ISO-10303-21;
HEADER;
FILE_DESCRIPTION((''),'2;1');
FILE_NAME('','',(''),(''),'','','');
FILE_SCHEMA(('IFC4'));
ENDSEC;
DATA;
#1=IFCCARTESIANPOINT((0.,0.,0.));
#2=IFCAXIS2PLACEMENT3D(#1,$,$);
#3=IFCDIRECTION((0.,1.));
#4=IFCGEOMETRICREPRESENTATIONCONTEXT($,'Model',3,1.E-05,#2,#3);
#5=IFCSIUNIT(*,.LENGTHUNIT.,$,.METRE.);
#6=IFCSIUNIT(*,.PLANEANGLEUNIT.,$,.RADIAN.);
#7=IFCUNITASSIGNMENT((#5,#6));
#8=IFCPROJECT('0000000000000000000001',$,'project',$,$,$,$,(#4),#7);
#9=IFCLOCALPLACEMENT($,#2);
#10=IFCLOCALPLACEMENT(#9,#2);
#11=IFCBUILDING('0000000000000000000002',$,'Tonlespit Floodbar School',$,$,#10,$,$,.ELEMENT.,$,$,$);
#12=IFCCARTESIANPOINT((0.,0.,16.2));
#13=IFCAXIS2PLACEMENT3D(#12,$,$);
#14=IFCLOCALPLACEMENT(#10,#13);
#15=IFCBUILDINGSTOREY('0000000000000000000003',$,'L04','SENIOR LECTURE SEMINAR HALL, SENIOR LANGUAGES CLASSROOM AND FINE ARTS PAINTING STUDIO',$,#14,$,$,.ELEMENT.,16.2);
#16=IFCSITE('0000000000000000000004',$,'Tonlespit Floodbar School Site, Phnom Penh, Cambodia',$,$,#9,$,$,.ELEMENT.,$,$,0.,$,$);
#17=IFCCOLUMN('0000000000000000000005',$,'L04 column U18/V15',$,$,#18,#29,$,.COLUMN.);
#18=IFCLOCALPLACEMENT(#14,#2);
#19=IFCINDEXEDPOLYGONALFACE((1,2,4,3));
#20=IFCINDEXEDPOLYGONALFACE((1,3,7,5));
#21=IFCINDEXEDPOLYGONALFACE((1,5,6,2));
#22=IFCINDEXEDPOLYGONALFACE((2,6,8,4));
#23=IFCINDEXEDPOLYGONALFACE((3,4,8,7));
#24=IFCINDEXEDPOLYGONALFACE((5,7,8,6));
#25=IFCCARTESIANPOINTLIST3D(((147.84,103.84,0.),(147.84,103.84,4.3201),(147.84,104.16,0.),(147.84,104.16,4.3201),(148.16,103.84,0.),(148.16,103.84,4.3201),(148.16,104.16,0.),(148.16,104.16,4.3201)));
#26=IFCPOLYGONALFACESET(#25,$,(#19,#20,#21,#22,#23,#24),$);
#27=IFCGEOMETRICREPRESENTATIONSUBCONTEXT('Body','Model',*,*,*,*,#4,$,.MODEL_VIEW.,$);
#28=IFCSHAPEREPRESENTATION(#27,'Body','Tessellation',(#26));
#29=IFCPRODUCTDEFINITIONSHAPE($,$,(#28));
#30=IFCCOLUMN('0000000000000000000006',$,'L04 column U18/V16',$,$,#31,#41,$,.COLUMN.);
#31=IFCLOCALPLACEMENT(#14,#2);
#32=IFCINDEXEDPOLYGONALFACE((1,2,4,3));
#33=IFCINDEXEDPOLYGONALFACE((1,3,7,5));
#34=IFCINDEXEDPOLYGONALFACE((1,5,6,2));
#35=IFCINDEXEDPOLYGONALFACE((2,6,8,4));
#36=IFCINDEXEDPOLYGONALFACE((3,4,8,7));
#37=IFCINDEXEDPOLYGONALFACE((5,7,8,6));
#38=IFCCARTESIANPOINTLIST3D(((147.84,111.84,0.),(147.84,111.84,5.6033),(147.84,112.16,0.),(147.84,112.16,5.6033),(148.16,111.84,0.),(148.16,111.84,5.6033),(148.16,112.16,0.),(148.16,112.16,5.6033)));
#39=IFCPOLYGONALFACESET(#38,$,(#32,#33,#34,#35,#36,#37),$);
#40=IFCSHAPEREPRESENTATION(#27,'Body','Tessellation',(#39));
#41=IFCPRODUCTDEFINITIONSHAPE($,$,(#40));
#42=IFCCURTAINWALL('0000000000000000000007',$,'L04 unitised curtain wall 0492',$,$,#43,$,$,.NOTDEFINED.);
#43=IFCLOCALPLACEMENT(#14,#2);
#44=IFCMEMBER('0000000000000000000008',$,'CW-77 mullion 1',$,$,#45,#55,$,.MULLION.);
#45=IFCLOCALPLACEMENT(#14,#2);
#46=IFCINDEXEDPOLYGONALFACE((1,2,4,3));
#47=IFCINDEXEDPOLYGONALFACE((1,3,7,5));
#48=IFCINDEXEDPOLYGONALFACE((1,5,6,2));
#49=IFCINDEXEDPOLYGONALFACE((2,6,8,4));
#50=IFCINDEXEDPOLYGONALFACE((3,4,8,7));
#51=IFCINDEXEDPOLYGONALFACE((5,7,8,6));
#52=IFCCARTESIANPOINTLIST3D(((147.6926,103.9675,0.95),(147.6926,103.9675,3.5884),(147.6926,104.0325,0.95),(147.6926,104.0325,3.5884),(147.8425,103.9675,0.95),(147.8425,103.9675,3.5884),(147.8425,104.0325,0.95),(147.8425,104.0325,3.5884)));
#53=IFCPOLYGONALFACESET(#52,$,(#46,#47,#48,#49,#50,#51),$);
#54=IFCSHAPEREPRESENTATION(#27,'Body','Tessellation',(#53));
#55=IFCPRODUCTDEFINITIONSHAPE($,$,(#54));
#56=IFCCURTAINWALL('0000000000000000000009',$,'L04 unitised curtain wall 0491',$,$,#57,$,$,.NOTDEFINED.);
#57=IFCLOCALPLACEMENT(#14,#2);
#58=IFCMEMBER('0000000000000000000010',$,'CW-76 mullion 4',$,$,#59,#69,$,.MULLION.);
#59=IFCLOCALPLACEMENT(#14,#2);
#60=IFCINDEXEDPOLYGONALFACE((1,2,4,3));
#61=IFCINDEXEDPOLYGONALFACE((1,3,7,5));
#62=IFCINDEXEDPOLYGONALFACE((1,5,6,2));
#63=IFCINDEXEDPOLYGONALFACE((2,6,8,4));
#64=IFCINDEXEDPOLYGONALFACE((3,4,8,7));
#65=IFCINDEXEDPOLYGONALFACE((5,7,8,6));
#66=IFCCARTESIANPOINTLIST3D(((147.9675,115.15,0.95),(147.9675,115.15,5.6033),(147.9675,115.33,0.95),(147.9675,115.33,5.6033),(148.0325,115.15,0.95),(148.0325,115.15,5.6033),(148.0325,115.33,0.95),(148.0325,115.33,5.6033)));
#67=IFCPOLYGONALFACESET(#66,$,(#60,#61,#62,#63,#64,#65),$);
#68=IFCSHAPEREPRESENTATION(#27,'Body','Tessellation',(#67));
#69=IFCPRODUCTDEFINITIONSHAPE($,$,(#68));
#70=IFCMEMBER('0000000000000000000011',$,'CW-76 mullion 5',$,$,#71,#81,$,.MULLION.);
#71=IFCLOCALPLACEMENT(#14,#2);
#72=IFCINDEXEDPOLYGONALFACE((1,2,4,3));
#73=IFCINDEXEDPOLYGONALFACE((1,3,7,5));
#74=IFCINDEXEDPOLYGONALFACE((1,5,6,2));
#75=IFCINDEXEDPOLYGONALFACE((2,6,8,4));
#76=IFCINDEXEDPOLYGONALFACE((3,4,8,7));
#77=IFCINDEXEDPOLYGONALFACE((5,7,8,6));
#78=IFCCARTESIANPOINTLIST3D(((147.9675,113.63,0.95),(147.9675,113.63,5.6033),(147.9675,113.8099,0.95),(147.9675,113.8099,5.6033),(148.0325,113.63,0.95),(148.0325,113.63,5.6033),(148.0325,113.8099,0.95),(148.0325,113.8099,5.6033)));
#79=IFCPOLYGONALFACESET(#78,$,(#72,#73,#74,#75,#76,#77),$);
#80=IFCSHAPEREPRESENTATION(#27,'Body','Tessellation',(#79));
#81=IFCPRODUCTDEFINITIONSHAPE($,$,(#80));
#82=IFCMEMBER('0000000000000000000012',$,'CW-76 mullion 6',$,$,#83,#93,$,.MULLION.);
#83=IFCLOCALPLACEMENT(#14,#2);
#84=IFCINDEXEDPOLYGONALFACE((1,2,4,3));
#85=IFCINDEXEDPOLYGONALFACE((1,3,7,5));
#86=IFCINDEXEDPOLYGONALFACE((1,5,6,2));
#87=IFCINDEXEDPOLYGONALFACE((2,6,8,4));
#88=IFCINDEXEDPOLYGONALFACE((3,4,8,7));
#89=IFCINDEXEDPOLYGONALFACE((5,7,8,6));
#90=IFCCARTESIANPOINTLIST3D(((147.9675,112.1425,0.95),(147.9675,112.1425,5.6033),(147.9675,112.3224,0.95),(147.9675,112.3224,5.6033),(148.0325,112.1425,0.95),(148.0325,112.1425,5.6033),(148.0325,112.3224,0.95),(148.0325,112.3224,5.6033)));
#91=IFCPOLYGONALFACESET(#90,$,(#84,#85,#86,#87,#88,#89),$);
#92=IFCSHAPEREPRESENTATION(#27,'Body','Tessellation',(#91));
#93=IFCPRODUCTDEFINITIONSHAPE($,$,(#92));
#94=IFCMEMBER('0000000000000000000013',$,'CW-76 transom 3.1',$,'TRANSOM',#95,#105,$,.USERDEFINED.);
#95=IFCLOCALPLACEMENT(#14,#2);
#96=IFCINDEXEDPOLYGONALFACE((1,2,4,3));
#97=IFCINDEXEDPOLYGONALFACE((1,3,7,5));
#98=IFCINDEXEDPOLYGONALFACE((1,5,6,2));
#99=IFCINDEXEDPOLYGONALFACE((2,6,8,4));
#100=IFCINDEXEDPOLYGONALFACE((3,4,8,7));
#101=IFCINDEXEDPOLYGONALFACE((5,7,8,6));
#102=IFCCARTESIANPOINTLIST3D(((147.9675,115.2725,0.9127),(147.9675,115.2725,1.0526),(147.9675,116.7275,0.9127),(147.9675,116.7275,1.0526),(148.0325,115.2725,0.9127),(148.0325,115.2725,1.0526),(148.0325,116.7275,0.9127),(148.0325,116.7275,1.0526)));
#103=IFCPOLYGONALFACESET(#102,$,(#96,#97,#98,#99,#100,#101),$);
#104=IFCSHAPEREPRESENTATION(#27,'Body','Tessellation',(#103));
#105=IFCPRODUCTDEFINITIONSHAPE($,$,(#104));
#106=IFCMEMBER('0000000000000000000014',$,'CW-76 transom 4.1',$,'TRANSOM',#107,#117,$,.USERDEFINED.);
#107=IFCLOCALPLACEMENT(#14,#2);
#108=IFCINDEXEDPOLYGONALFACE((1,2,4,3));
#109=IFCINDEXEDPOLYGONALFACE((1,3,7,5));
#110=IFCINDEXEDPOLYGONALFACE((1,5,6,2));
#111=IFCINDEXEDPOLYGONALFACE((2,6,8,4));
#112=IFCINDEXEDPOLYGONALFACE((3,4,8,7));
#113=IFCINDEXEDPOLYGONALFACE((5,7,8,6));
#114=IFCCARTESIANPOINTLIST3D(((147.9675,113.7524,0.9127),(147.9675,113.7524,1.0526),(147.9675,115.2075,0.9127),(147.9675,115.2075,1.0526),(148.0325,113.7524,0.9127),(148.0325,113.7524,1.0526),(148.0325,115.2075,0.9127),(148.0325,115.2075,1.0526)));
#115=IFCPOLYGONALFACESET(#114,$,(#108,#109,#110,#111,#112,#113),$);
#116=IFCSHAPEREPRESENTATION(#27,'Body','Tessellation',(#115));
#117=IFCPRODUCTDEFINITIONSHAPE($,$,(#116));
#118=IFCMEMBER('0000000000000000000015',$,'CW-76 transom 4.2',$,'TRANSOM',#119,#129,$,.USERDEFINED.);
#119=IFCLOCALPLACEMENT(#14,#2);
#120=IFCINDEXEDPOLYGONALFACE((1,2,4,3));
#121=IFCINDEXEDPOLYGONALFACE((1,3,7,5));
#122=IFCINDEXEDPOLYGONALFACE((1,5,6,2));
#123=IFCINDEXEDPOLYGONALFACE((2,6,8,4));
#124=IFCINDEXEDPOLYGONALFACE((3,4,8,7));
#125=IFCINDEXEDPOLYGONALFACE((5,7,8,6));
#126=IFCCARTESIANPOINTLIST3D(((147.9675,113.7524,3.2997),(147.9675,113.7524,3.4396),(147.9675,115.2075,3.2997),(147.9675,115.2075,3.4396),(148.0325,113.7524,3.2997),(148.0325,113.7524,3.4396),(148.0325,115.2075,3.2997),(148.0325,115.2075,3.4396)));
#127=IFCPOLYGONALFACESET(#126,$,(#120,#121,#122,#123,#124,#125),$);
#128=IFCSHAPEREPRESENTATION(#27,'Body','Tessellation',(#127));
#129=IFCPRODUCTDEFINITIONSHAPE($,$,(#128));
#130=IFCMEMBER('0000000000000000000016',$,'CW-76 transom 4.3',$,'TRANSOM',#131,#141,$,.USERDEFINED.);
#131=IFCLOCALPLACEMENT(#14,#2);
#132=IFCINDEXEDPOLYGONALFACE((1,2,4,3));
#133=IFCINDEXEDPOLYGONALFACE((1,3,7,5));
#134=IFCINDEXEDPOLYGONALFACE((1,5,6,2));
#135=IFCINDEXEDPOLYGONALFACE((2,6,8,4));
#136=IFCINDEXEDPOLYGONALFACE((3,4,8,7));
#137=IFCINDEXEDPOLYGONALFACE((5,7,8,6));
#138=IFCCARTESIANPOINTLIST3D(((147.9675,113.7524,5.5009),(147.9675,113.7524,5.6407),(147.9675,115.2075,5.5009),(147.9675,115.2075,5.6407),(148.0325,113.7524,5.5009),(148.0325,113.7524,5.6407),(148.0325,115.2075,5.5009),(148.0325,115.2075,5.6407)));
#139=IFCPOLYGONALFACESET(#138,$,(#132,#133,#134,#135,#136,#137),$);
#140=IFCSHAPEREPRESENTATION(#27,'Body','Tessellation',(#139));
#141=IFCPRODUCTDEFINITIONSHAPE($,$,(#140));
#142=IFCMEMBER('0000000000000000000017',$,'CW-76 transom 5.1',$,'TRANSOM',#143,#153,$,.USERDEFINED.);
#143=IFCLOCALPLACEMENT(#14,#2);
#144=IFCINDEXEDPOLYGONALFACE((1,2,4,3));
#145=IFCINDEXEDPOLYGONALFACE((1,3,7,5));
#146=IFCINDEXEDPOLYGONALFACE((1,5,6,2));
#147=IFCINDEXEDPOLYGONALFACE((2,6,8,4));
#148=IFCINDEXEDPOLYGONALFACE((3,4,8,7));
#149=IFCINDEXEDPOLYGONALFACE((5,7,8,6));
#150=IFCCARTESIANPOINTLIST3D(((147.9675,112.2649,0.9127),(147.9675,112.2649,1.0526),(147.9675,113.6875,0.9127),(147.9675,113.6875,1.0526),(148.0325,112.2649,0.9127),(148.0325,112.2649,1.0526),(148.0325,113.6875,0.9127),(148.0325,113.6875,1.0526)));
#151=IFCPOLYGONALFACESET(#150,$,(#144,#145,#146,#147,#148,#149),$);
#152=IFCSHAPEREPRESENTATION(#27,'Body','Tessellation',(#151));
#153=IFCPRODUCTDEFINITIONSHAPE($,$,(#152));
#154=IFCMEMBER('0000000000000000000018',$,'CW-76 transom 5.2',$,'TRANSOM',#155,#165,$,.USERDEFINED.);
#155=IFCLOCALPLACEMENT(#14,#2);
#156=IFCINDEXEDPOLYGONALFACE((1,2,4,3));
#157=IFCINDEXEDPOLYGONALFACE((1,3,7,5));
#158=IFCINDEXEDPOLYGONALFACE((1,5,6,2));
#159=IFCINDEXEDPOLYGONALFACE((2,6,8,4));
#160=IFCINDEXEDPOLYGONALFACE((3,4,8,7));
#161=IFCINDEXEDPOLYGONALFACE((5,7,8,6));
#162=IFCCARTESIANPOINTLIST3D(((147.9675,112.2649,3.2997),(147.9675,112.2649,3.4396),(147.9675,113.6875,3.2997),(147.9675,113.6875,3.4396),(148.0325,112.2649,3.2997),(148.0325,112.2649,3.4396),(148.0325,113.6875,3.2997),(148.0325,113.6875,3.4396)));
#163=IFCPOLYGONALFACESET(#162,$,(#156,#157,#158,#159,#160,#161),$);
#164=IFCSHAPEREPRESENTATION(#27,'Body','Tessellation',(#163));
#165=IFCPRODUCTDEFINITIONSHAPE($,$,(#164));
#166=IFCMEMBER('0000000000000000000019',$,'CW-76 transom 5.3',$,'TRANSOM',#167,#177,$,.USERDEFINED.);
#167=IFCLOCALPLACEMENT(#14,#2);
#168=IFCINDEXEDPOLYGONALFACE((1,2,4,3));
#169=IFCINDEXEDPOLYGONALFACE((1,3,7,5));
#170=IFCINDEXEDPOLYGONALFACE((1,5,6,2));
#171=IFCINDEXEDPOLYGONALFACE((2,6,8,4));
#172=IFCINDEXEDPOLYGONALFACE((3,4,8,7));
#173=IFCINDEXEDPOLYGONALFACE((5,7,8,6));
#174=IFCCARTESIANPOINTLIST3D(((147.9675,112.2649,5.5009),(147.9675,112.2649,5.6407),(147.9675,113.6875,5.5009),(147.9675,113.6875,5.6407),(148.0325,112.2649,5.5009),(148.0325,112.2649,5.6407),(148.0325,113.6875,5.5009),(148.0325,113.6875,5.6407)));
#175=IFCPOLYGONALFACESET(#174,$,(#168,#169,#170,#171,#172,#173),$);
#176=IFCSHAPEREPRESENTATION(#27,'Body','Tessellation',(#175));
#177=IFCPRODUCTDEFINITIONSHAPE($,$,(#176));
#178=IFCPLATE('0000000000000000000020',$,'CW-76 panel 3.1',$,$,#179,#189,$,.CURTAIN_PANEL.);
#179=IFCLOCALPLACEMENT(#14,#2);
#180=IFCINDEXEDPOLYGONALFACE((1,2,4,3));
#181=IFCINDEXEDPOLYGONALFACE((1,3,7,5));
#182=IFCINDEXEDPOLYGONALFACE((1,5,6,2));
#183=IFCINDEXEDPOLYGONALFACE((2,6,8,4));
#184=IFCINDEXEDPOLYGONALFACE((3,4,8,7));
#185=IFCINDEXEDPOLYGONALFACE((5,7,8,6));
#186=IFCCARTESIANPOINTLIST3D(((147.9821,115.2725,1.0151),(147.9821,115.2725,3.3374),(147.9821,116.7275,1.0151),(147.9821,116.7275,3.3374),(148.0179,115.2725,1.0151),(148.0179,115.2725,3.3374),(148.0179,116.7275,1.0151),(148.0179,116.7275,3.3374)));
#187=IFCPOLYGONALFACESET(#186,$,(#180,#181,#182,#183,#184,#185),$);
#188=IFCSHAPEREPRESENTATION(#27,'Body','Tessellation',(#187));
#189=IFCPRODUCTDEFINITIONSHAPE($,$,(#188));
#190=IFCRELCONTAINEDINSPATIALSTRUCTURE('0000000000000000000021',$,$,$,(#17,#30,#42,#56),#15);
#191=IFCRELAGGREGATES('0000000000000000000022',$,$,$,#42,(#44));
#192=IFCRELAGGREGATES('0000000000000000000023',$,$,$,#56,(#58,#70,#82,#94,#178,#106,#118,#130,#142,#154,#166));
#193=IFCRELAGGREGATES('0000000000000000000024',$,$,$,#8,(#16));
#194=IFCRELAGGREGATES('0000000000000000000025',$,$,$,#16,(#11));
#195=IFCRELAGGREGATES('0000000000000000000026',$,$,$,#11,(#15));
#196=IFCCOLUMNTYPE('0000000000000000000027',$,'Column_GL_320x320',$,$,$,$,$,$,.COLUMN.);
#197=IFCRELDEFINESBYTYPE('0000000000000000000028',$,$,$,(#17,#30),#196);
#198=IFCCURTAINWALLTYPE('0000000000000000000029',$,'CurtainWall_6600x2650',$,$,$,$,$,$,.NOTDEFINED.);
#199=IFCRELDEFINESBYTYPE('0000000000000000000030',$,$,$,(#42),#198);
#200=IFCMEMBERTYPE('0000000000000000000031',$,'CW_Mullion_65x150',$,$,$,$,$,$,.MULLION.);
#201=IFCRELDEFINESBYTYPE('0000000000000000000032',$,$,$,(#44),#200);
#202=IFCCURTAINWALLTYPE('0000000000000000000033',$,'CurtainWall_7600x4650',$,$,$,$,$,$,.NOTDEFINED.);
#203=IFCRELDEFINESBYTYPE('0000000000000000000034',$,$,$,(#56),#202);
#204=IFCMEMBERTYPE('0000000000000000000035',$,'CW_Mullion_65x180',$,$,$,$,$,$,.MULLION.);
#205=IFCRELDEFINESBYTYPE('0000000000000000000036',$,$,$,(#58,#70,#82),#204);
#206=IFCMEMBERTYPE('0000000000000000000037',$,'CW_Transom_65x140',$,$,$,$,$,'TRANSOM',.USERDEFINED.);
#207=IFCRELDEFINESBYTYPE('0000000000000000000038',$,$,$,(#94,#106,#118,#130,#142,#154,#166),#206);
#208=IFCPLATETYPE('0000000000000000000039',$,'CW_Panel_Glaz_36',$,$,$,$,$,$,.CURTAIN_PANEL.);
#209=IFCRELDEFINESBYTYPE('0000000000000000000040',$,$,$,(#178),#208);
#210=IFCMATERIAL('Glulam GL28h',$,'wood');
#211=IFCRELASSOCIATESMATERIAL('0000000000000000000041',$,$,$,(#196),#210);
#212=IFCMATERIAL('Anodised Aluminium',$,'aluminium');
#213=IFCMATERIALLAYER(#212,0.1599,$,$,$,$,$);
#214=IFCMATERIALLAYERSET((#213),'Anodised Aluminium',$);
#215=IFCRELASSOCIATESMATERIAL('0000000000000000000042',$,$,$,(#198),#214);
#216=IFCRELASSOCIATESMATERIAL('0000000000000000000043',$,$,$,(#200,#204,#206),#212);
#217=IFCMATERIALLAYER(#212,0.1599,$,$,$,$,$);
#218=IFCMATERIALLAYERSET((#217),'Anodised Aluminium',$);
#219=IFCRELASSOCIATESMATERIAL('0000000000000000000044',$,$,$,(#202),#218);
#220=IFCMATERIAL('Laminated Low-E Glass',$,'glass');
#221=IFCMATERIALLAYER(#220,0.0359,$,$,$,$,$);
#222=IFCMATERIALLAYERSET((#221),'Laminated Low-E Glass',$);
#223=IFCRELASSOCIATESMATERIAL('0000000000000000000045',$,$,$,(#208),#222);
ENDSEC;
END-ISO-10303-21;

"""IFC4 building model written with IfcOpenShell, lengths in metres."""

from ifc_helpers import new_model, si_unit, direction, frame, origin, origin_2d, place, context, subcontext, project, spatial, rectangle, extrude, material, layer, layer_set, material_profile, profile_set, type_object, element, aggregate, save


model = new_model("IFC4")

# Units and contexts
model_context = context("Model", 3, precision=1e-05, world=origin(), true_north=direction((0.0, 1.0)))
body_context = subcontext(model_context, "Body", "Model", "MODEL_VIEW")
ifc_project = project(units=[si_unit("LENGTHUNIT", "METRE"), si_unit("PLANEANGLEUNIT", "RADIAN")], contexts=[model_context])

# Site, building, storey
site_placement = place(None, origin())
site = spatial("IfcSite", under=ifc_project, at=site_placement, Name="Tonlespit Floodbar School Site, Phnom Penh, Cambodia", CompositionType="ELEMENT", RefElevation=0.0)
building_placement = place(site_placement, origin())
building = spatial("IfcBuilding", under=site, at=building_placement, Name="Tonlespit Floodbar School", CompositionType="ELEMENT")
storey_placement = place(building_placement, frame((0.0, 0.0, 16.2)))
storey = spatial("IfcBuildingStorey", under=building, at=storey_placement, Name="L04", Description="SENIOR LECTURE SEMINAR HALL, SENIOR LANGUAGES CLASSROOM AND FINE ARTS PAINTING STUDIO", CompositionType="ELEMENT", Elevation=16.2)

# Columns
ifc_material_1 = material(Name="Glulam GL28h", Category="wood")
ifc_material_profile_1 = material_profile(ifc_material_1, rectangle(XDim=0.3201, YDim=0.3201, at=origin_2d()), Name="GL 320x320")
ifc_profile_set_1 = profile_set([ifc_material_profile_1], Name="Glulam GL28h")
column_type = type_object("IfcColumnType", Name="Column_GL_320x320", PredefinedType="COLUMN", material=ifc_profile_set_1)
column_1_placement = place(storey_placement, frame((148.0, 104.0, 0.0), z_axis=(0.0, 0.0, 1.0), x_axis=(1.0, 0.0, 0.0)))
element("IfcColumn", 1, at=column_1_placement, inside=storey, type_object=column_type, Name="L04 column U18/V15", PredefinedType="COLUMN", context=body_context, shape_type="SweptSolid", body=[
    extrude(rectangle(XDim=0.3201, YDim=0.3201, at=origin_2d()), origin(), (0.0, 0.0, 1.0), 4.3201),
])
column_2_placement = place(storey_placement, frame((148.0, 112.0, 0.0), z_axis=(0.0, 0.0, 1.0), x_axis=(1.0, 0.0, 0.0)))
element("IfcColumn", 2, at=column_2_placement, inside=storey, type_object=column_type, Name="L04 column U18/V16", PredefinedType="COLUMN", context=body_context, shape_type="SweptSolid", body=[
    extrude(rectangle(XDim=0.3201, YDim=0.3201, at=origin_2d()), origin(), (0.0, 0.0, 1.0), 5.6033),
])

# Curtain wall, member
ifc_material_2 = material(Name="Anodised Aluminium", Category="aluminium")
ifc_layer_1 = layer(ifc_material_2, 0.1599)
ifc_layer_set_1 = layer_set([ifc_layer_1], Name="Anodised Aluminium")
curtain_wall_type_1 = type_object("IfcCurtainWallType", Name="CurtainWall_6600x2650", PredefinedType="NOTDEFINED", material=ifc_layer_set_1)
curtain_wall_1_placement = place(storey_placement, origin())
curtain_wall_1 = element("IfcCurtainWall", 3, at=curtain_wall_1_placement, inside=storey, type_object=curtain_wall_type_1, Name="L04 unitised curtain wall 0492", PredefinedType="NOTDEFINED")
ifc_material_profile_2 = material_profile(ifc_material_2, rectangle(XDim=0.0649, YDim=0.1499, at=origin_2d()), Name="ALU M65x150")
ifc_profile_set_2 = profile_set([ifc_material_profile_2], Name="Anodised Aluminium")
member_type_1 = type_object("IfcMemberType", Name="CW_Mullion_65x150", PredefinedType="MULLION", material=ifc_profile_set_2)
member_1_placement = place(storey_placement, frame((147.7676, 104.0, 0.95), z_axis=(0.0, 0.0, 1.0), x_axis=(0.0, -1.0, 0.0)))
member_1 = element("IfcMember", 4, at=member_1_placement, type_object=member_type_1, Name="CW-77 mullion 1", PredefinedType="MULLION", context=body_context, shape_type="SweptSolid", body=[
    extrude(rectangle(XDim=0.0649, YDim=0.1499, at=origin_2d()), origin(), (0.0, 0.0, 1.0), 2.6384),
])
aggregate(curtain_wall_1, [member_1])

# Curtain wall, members, plate
ifc_layer_2 = layer(ifc_material_2, 0.1599)
ifc_layer_set_2 = layer_set([ifc_layer_2], Name="Anodised Aluminium")
curtain_wall_type_2 = type_object("IfcCurtainWallType", Name="CurtainWall_7600x4650", PredefinedType="NOTDEFINED", material=ifc_layer_set_2)
curtain_wall_2_placement = place(storey_placement, origin())
curtain_wall_2 = element("IfcCurtainWall", 5, at=curtain_wall_2_placement, inside=storey, type_object=curtain_wall_type_2, Name="L04 unitised curtain wall 0491", PredefinedType="NOTDEFINED")
ifc_material_profile_3 = material_profile(ifc_material_2, rectangle(XDim=0.0649, YDim=0.1799, at=origin_2d()), Name="ALU M65x180")
ifc_profile_set_3 = profile_set([ifc_material_profile_3], Name="Anodised Aluminium")
member_type_2 = type_object("IfcMemberType", Name="CW_Mullion_65x180", PredefinedType="MULLION", material=ifc_profile_set_3)
member_2_placement = place(storey_placement, frame((148.0, 115.24, 0.95), z_axis=(0.0, 0.0, 1.0), x_axis=(1.0, 0.0, 0.0)))
member_2 = element("IfcMember", 6, at=member_2_placement, type_object=member_type_2, Name="CW-76 mullion 4", PredefinedType="MULLION", context=body_context, shape_type="SweptSolid", body=[
    extrude(rectangle(XDim=0.0649, YDim=0.1799, at=origin_2d()), origin(), (0.0, 0.0, 1.0), 4.6533),
])
member_3_placement = place(storey_placement, frame((148.0, 113.72, 0.95), z_axis=(0.0, 0.0, 1.0), x_axis=(1.0, 0.0, 0.0)))
member_3 = element("IfcMember", 7, at=member_3_placement, type_object=member_type_2, Name="CW-76 mullion 5", PredefinedType="MULLION", context=body_context, shape_type="SweptSolid", body=[
    extrude(rectangle(XDim=0.0649, YDim=0.1799, at=origin_2d()), origin(), (0.0, 0.0, 1.0), 4.6533),
])
member_4_placement = place(storey_placement, frame((148.0, 112.2324, 0.95), z_axis=(0.0, 0.0, 1.0), x_axis=(1.0, 0.0, 0.0)))
member_4 = element("IfcMember", 8, at=member_4_placement, type_object=member_type_2, Name="CW-76 mullion 6", PredefinedType="MULLION", context=body_context, shape_type="SweptSolid", body=[
    extrude(rectangle(XDim=0.0649, YDim=0.1799, at=origin_2d()), origin(), (0.0, 0.0, 1.0), 4.6533),
])
ifc_material_profile_4 = material_profile(ifc_material_2, rectangle(XDim=0.0649, YDim=0.1399, at=origin_2d()), Name="ALU T65x140")
ifc_profile_set_4 = profile_set([ifc_material_profile_4], Name="Anodised Aluminium")
member_type_3 = type_object("IfcMemberType", Name="CW_Transom_65x140", ElementType="TRANSOM", PredefinedType="USERDEFINED", material=ifc_profile_set_4)
member_5_placement = place(storey_placement, frame((148.0, 116.7275, 0.9827), z_axis=(0.0, -1.0, 0.0), x_axis=(1.0, 0.0, 0.0)))
member_5 = element("IfcMember", 9, at=member_5_placement, type_object=member_type_3, Name="CW-76 transom 3.1", ObjectType="TRANSOM", PredefinedType="USERDEFINED", context=body_context, shape_type="SweptSolid", body=[
    extrude(rectangle(XDim=0.0649, YDim=0.1399, at=origin_2d()), origin(), (0.0, 0.0, 1.0), 1.4551),
])
member_6_placement = place(storey_placement, frame((148.0, 115.2075, 0.9827), z_axis=(0.0, -1.0, 0.0), x_axis=(1.0, 0.0, 0.0)))
member_6 = element("IfcMember", 10, at=member_6_placement, type_object=member_type_3, Name="CW-76 transom 4.1", ObjectType="TRANSOM", PredefinedType="USERDEFINED", context=body_context, shape_type="SweptSolid", body=[
    extrude(rectangle(XDim=0.0649, YDim=0.1399, at=origin_2d()), origin(), (0.0, 0.0, 1.0), 1.4551),
])
member_7_placement = place(storey_placement, frame((148.0, 115.2075, 3.3696), z_axis=(0.0, -1.0, 0.0), x_axis=(1.0, 0.0, 0.0)))
member_7 = element("IfcMember", 11, at=member_7_placement, type_object=member_type_3, Name="CW-76 transom 4.2", ObjectType="TRANSOM", PredefinedType="USERDEFINED", context=body_context, shape_type="SweptSolid", body=[
    extrude(rectangle(XDim=0.0649, YDim=0.1399, at=origin_2d()), origin(), (0.0, 0.0, 1.0), 1.4551),
])
member_8_placement = place(storey_placement, frame((148.0, 115.2075, 5.5708), z_axis=(0.0, -1.0, 0.0), x_axis=(1.0, 0.0, 0.0)))
member_8 = element("IfcMember", 12, at=member_8_placement, type_object=member_type_3, Name="CW-76 transom 4.3", ObjectType="TRANSOM", PredefinedType="USERDEFINED", context=body_context, shape_type="SweptSolid", body=[
    extrude(rectangle(XDim=0.0649, YDim=0.1399, at=origin_2d()), origin(), (0.0, 0.0, 1.0), 1.4551),
])
member_9_placement = place(storey_placement, frame((148.0, 113.6875, 0.9827), z_axis=(0.0, -1.0, 0.0), x_axis=(1.0, 0.0, 0.0)))
member_9 = element("IfcMember", 13, at=member_9_placement, type_object=member_type_3, Name="CW-76 transom 5.1", ObjectType="TRANSOM", PredefinedType="USERDEFINED", context=body_context, shape_type="SweptSolid", body=[
    extrude(rectangle(XDim=0.0649, YDim=0.1399, at=origin_2d()), origin(), (0.0, 0.0, 1.0), 1.4226),
])
member_10_placement = place(storey_placement, frame((148.0, 113.6875, 3.3696), z_axis=(0.0, -1.0, 0.0), x_axis=(1.0, 0.0, 0.0)))
member_10 = element("IfcMember", 14, at=member_10_placement, type_object=member_type_3, Name="CW-76 transom 5.2", ObjectType="TRANSOM", PredefinedType="USERDEFINED", context=body_context, shape_type="SweptSolid", body=[
    extrude(rectangle(XDim=0.0649, YDim=0.1399, at=origin_2d()), origin(), (0.0, 0.0, 1.0), 1.4226),
])
member_11_placement = place(storey_placement, frame((148.0, 113.6875, 5.5708), z_axis=(0.0, -1.0, 0.0), x_axis=(1.0, 0.0, 0.0)))
member_11 = element("IfcMember", 15, at=member_11_placement, type_object=member_type_3, Name="CW-76 transom 5.3", ObjectType="TRANSOM", PredefinedType="USERDEFINED", context=body_context, shape_type="SweptSolid", body=[
    extrude(rectangle(XDim=0.0649, YDim=0.1399, at=origin_2d()), origin(), (0.0, 0.0, 1.0), 1.4226),
])
ifc_material_3 = material(Name="Laminated Low-E Glass", Category="glass")
ifc_layer_3 = layer(ifc_material_3, 0.0359)
ifc_layer_set_3 = layer_set([ifc_layer_3], Name="Laminated Low-E Glass")
plate_type = type_object("IfcPlateType", Name="CW_Panel_Glaz_36", PredefinedType="CURTAIN_PANEL", material=ifc_layer_set_3)
plate_1_placement = place(storey_placement, frame((148.0, 116.0, 1.0151), z_axis=(0.0, 0.0, 1.0), x_axis=(0.0, -1.0, 0.0)))
plate_1 = element("IfcPlate", 16, at=plate_1_placement, type_object=plate_type, Name="CW-76 panel 3.1", PredefinedType="CURTAIN_PANEL", context=body_context, shape_type="SweptSolid", body=[
    extrude(rectangle(XDim=1.4551, YDim=0.0359, at=origin_2d()), origin(), (0.0, 0.0, 1.0), 2.3223),
])
aggregate(curtain_wall_2, [member_2, member_3, member_4, member_5, plate_1, member_6, member_7, member_8, member_9, member_10, member_11])

save(model, "model.ifc")
